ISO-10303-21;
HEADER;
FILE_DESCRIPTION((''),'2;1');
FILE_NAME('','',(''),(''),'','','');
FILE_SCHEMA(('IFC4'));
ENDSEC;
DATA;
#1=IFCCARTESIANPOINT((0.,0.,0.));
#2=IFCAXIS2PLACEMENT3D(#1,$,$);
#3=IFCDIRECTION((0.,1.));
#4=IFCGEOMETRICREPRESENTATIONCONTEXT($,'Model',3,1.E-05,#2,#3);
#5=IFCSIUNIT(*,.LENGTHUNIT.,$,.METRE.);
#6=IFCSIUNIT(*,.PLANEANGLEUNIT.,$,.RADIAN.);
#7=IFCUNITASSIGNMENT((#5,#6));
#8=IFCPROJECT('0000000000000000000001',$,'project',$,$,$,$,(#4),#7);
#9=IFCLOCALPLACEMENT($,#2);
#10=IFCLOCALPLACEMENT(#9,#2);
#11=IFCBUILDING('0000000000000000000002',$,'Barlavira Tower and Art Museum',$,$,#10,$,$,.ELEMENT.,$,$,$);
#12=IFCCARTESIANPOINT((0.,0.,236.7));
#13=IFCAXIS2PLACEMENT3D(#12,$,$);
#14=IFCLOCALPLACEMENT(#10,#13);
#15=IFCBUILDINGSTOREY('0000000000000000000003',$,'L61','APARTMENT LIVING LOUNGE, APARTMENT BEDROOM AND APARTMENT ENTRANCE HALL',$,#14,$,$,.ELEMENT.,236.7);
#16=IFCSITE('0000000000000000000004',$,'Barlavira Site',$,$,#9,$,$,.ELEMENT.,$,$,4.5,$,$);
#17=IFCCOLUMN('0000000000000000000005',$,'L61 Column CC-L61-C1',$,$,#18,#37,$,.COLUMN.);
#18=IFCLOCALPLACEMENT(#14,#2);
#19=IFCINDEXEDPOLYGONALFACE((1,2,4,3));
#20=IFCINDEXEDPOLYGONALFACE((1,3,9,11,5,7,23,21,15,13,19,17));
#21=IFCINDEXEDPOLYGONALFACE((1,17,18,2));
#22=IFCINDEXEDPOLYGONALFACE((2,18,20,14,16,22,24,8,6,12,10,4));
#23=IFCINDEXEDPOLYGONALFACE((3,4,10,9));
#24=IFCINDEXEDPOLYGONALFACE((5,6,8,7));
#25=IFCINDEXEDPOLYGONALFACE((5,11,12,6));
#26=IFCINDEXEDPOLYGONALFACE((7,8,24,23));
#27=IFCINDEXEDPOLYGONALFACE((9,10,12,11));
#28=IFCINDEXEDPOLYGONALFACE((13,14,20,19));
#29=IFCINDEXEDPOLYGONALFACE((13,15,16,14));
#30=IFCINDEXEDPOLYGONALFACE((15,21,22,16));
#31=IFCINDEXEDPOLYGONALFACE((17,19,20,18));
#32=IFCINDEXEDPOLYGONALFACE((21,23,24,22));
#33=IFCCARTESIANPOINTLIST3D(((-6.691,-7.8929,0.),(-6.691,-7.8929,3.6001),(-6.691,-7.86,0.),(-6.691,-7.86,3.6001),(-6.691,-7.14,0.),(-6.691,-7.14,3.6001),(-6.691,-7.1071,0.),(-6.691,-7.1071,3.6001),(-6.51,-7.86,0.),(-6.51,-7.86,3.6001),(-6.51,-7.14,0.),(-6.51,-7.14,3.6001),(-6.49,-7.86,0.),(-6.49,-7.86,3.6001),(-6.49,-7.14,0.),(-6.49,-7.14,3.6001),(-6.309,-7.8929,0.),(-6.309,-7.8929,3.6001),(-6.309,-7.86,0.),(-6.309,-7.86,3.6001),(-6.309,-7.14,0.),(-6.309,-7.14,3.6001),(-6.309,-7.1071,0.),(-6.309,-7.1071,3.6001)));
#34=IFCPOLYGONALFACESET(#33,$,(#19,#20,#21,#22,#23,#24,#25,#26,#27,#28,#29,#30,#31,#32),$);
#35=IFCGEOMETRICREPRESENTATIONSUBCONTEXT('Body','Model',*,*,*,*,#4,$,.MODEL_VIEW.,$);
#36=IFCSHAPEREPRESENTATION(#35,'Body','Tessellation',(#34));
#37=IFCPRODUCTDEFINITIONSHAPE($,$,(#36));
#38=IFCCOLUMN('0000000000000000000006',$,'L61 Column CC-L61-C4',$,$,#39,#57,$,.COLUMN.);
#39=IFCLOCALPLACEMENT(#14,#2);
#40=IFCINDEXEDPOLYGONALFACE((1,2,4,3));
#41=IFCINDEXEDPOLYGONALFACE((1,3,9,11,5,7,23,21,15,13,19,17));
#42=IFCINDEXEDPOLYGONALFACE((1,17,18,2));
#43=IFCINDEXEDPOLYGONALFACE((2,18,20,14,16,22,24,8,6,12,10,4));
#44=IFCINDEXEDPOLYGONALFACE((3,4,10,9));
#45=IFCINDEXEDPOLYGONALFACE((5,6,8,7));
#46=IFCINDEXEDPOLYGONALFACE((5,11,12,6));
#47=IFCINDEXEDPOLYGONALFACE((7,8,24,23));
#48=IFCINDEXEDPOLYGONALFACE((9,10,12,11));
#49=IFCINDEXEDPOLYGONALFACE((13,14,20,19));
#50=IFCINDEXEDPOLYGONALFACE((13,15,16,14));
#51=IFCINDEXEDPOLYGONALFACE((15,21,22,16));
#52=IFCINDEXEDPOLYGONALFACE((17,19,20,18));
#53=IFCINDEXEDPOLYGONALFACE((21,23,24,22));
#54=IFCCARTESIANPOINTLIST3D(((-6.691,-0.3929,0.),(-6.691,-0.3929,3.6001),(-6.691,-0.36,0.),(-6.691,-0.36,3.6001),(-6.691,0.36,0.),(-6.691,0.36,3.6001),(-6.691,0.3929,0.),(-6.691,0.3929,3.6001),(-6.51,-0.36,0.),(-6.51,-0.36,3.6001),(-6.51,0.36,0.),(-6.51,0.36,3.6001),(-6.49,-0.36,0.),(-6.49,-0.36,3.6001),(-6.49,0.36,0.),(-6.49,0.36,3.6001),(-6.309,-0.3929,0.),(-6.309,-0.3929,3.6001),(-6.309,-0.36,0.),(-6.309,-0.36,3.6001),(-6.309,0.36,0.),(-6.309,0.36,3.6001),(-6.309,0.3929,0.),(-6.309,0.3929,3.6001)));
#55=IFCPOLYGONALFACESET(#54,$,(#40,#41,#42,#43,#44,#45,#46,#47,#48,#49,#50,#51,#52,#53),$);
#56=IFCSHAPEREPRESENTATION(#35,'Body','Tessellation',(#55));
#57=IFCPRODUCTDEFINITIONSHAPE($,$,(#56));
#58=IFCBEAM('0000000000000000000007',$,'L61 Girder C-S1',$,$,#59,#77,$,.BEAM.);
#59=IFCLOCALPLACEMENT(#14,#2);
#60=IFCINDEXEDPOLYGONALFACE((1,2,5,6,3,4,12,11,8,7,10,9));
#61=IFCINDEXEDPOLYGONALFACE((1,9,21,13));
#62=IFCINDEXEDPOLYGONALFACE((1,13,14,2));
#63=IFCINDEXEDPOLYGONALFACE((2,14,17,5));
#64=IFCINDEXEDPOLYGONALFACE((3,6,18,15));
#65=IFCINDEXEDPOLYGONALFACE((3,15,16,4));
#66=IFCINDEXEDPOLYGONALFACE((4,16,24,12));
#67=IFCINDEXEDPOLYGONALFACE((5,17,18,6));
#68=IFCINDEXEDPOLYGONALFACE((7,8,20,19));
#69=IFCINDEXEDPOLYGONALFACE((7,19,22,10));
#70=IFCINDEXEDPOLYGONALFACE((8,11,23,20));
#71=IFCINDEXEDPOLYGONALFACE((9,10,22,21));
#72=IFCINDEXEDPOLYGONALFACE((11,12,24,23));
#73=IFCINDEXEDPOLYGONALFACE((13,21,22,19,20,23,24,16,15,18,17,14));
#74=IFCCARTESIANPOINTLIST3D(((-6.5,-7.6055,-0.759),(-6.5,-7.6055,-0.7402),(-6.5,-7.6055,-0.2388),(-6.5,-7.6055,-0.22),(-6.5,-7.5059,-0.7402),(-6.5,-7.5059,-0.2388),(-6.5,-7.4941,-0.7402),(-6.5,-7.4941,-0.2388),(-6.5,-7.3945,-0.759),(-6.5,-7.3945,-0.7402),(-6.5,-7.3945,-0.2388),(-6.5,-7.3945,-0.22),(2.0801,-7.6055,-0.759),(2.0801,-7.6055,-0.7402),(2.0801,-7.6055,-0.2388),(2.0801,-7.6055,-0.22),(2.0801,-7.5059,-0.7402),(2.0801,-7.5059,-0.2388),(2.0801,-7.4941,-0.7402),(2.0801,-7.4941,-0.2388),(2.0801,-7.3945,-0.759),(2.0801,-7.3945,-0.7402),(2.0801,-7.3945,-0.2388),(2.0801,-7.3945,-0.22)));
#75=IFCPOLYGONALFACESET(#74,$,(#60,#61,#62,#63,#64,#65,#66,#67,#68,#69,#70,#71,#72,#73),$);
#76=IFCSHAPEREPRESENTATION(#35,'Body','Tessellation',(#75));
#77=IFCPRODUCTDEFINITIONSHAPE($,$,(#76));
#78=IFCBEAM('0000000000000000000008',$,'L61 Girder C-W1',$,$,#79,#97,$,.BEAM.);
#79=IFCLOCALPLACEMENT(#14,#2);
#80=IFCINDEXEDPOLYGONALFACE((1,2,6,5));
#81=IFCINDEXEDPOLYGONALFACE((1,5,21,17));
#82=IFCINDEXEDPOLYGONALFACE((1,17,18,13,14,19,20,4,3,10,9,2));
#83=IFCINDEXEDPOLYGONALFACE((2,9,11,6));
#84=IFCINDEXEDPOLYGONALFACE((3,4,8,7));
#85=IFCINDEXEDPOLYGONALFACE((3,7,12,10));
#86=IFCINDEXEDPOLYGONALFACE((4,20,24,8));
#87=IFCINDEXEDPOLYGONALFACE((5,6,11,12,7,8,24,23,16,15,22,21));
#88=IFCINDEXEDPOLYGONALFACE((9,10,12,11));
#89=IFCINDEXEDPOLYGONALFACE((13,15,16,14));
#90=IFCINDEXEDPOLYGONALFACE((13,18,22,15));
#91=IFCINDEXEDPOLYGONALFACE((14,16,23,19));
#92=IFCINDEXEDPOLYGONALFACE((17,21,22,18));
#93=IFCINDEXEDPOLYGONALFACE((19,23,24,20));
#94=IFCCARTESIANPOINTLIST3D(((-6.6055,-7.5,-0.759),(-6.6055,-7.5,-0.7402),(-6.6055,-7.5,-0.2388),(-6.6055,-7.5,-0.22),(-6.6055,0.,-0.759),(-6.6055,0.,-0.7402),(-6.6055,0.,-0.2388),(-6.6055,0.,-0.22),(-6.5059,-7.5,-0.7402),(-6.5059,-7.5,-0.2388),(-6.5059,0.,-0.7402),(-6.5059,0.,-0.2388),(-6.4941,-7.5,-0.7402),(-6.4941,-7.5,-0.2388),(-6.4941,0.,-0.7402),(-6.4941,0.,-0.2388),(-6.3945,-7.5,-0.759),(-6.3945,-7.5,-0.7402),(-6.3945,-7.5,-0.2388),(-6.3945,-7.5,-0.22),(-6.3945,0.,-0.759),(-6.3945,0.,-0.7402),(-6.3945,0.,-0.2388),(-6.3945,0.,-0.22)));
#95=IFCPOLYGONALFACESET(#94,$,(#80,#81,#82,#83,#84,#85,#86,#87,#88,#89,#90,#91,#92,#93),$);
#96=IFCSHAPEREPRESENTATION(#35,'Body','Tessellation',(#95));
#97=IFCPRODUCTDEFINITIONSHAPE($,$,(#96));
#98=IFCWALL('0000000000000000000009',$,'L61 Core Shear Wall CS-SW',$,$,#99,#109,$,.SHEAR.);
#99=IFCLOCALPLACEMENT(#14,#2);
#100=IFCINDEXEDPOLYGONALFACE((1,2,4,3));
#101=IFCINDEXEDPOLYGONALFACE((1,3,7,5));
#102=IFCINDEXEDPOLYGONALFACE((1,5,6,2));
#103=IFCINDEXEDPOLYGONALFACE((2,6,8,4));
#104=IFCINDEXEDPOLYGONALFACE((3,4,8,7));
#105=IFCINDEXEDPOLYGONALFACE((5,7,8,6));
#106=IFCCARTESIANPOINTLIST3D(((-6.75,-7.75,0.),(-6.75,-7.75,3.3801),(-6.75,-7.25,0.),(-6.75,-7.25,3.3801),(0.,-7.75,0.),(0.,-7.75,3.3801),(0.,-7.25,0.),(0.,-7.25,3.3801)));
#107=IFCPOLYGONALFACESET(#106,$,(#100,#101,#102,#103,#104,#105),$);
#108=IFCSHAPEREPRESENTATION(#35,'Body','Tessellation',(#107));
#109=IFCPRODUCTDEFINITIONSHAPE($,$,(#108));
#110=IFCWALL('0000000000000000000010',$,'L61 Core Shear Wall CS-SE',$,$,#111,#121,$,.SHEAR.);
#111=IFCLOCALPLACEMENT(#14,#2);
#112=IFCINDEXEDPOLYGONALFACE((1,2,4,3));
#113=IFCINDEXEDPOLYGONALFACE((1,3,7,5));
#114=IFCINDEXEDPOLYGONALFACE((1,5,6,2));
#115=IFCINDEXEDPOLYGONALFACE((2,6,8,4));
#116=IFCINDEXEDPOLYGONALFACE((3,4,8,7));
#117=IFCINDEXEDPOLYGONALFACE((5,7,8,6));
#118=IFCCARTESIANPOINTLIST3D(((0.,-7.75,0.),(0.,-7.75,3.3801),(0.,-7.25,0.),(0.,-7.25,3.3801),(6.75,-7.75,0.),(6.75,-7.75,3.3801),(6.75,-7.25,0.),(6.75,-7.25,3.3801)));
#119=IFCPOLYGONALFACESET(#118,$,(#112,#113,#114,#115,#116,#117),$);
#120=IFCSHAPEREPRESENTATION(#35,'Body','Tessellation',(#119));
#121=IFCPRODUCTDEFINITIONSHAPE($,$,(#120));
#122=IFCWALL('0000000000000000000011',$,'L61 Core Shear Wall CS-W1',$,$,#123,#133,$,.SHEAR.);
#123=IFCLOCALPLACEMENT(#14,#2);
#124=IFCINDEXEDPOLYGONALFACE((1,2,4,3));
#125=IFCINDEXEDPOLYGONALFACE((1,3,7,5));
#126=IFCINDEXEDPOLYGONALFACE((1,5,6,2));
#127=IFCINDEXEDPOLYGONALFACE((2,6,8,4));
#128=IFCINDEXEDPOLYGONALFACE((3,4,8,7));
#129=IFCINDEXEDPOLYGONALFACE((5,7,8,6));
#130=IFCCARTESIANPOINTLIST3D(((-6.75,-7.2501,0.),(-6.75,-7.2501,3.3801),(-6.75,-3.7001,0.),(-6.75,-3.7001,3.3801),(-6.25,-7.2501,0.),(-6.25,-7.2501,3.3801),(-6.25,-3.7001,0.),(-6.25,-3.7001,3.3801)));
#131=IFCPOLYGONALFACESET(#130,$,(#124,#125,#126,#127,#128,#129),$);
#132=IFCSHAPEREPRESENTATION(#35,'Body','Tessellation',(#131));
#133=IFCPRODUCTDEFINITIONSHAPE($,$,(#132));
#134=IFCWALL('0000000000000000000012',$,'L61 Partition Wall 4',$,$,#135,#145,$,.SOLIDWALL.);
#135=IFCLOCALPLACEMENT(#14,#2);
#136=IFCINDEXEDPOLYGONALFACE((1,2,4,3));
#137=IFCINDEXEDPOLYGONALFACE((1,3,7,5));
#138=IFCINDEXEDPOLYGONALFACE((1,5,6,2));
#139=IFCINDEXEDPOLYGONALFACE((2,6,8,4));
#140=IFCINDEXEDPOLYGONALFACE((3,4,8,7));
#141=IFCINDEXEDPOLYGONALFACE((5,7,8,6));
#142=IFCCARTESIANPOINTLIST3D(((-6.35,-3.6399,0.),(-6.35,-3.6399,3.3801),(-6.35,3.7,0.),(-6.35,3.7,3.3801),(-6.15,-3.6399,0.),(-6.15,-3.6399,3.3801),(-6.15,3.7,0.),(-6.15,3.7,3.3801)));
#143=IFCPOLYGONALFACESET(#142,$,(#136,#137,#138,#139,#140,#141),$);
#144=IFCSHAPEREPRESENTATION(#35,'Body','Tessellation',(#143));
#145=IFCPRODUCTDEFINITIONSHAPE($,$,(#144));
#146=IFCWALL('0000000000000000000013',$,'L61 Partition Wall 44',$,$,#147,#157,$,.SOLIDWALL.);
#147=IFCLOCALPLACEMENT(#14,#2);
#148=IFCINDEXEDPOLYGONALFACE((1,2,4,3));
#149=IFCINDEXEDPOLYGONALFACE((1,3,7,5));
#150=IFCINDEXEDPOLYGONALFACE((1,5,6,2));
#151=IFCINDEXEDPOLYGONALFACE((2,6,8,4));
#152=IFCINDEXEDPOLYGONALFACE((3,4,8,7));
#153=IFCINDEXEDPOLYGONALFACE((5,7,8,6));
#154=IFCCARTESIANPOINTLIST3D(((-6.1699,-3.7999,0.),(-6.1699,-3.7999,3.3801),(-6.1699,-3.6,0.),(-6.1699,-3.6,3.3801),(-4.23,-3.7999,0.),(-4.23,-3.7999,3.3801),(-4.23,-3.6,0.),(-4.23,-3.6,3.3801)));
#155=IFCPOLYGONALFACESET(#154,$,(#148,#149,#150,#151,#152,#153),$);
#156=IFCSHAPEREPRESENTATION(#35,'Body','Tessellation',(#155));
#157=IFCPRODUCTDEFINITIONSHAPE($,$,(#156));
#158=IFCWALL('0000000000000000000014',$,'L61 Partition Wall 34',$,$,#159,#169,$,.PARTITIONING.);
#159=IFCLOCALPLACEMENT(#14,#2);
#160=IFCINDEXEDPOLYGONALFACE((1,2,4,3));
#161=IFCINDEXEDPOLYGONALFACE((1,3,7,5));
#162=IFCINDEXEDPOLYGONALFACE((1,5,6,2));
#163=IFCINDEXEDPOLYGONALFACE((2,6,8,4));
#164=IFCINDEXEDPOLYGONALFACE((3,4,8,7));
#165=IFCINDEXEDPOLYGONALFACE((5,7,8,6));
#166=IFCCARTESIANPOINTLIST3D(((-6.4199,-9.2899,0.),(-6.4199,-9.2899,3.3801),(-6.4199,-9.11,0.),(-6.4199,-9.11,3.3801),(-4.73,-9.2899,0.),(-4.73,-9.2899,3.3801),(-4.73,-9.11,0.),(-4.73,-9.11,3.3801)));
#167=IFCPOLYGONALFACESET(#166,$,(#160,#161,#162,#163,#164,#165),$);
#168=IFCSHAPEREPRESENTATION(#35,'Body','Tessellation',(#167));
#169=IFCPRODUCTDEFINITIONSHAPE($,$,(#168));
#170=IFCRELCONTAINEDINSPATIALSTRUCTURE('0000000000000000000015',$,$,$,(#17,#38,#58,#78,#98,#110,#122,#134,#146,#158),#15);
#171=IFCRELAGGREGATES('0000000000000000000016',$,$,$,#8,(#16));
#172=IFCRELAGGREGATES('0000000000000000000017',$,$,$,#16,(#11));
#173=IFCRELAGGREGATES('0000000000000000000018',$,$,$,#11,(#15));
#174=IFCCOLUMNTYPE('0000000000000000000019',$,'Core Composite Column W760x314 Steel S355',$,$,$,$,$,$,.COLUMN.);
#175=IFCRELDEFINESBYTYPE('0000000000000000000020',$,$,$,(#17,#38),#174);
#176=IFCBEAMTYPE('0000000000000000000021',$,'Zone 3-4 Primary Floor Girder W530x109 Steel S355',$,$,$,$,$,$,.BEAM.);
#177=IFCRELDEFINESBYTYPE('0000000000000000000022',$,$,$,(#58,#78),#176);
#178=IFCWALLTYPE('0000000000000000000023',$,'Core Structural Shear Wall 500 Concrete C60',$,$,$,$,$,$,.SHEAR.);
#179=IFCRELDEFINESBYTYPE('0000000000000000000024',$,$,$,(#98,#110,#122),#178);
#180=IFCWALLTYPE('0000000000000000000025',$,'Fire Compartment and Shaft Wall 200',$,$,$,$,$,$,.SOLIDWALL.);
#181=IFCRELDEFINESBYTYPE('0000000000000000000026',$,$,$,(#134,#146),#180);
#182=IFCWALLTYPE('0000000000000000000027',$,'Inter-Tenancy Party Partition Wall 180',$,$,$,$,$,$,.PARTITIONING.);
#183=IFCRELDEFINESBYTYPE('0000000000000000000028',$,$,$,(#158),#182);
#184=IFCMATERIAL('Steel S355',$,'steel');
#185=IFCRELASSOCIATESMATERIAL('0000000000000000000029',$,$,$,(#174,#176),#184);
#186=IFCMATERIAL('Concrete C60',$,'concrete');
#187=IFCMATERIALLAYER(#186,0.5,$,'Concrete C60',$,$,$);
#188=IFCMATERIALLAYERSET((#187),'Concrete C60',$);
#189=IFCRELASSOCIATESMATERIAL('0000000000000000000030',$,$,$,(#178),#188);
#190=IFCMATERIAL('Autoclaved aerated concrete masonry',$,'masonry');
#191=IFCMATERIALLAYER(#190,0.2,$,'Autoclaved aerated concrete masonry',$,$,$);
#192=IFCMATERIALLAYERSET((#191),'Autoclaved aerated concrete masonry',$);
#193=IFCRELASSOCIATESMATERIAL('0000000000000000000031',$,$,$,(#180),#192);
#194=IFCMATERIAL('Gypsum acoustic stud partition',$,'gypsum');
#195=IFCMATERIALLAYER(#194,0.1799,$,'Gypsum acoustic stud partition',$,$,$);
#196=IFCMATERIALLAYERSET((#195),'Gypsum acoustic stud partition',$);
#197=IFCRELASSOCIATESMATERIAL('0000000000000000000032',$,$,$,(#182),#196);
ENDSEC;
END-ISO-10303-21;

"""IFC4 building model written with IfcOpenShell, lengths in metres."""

from ifc_helpers import new_model, si_unit, direction, frame, frame_2d, origin, origin_2d, place, context, subcontext, project, spatial, rectangle, i_section, extrude, material, layer, layer_set, material_profile, profile_set, type_object, element, save


model = new_model("IFC4")

# Units and contexts
model_context = context("Model", 3, precision=1e-05, world=origin(), true_north=direction((0.0, 1.0)))
body_context = subcontext(model_context, "Body", "Model", "MODEL_VIEW")
ifc_project = project(units=[si_unit("LENGTHUNIT", "METRE"), si_unit("PLANEANGLEUNIT", "RADIAN")], contexts=[model_context])

# Site, building, storey
site_placement = place(None, origin())
site = spatial("IfcSite", under=ifc_project, at=site_placement, Name="Barlavira Site", CompositionType="ELEMENT", RefElevation=4.5)
building_placement = place(site_placement, origin())
building = spatial("IfcBuilding", under=site, at=building_placement, Name="Barlavira Tower and Art Museum", CompositionType="ELEMENT")
storey_placement = place(building_placement, frame((0.0, 0.0, 236.7)))
storey = spatial("IfcBuildingStorey", under=building, at=storey_placement, Name="L61", Description="APARTMENT LIVING LOUNGE, APARTMENT BEDROOM AND APARTMENT ENTRANCE HALL", CompositionType="ELEMENT", Elevation=236.7)

# Columns
ifc_material_1 = material(Name="Steel S355", Category="steel")
ifc_material_profile_1 = material_profile(ifc_material_1, i_section(OverallWidth=0.3821, OverallDepth=0.7859, WebThickness=0.02, FlangeThickness=0.033, at=origin_2d()), Name="W760x314.0")
ifc_profile_set_1 = profile_set([ifc_material_profile_1], Name="Steel S355")
column_type = type_object("IfcColumnType", Name="Core Composite Column W760x314 Steel S355", PredefinedType="COLUMN", material=ifc_profile_set_1)
for number, where, z_axis, x_axis, name in (
    (1, (-6.5, -7.5, 0.0), (0.0, 0.0, 1.0), (1.0, 0.0, 0.0), "L61 Column CC-L61-C1"),
    (2, (-6.5, 0.0, 0.0), (0.0, 0.0, 1.0), (1.0, 0.0, 0.0), "L61 Column CC-L61-C4"),
):
    element("IfcColumn", number, at=place(storey_placement, frame(where, z_axis=z_axis, x_axis=x_axis)), inside=storey, type_object=column_type, Name=name, PredefinedType="COLUMN", context=body_context, shape_type="SweptSolid", body=[
        extrude(i_section(OverallWidth=0.3821, OverallDepth=0.7859, WebThickness=0.02, FlangeThickness=0.033, at=origin_2d()), origin(), (0.0, 0.0, 1.0), 3.6001),
    ])

# Beams
ifc_material_profile_2 = material_profile(ifc_material_1, i_section(OverallWidth=0.2109, OverallDepth=0.5391, WebThickness=0.0117, FlangeThickness=0.0188, at=origin_2d()), Name="W530x109.0")
ifc_profile_set_2 = profile_set([ifc_material_profile_2], Name="Steel S355")
beam_type = type_object("IfcBeamType", Name="Zone 3-4 Primary Floor Girder W530x109 Steel S355", PredefinedType="BEAM", material=ifc_profile_set_2)
beam_1_placement = place(storey_placement, frame((-6.5, -7.5, -0.4895), z_axis=(1.0, 0.0, 0.0), x_axis=(0.0, 1.0, 0.0)))
element("IfcBeam", 3, at=beam_1_placement, inside=storey, type_object=beam_type, Name="L61 Girder C-S1", PredefinedType="BEAM", context=body_context, shape_type="SweptSolid", body=[
    extrude(i_section(OverallWidth=0.2109, OverallDepth=0.5391, WebThickness=0.0117, FlangeThickness=0.0188, at=origin_2d()), origin(), (0.0, 0.0, 1.0), 8.5801),
])
beam_2_placement = place(storey_placement, frame((-6.5, -7.5, -0.4895), z_axis=(0.0, 1.0, 0.0), x_axis=(-1.0, 0.0, 0.0)))
element("IfcBeam", 4, at=beam_2_placement, inside=storey, type_object=beam_type, Name="L61 Girder C-W1", PredefinedType="BEAM", context=body_context, shape_type="SweptSolid", body=[
    extrude(i_section(OverallWidth=0.2109, OverallDepth=0.5391, WebThickness=0.0117, FlangeThickness=0.0188, at=origin_2d()), origin(), (0.0, 0.0, 1.0), 7.5),
])

# Walls
ifc_material_2 = material(Name="Concrete C60", Category="concrete")
ifc_layer_1 = layer(ifc_material_2, 0.5, Name="Concrete C60")
ifc_layer_set_1 = layer_set([ifc_layer_1], Name="Concrete C60")
wall_type_1 = type_object("IfcWallType", Name="Core Structural Shear Wall 500 Concrete C60", PredefinedType="SHEAR", material=ifc_layer_set_1)
for number, where, z_axis, x_axis, name in (
    (5, (-6.75, -7.5, 0.0), (0.0, 0.0, 1.0), (1.0, 0.0, 0.0), "L61 Core Shear Wall CS-SW"),
    (6, (0.0, -7.5, 0.0), (0.0, 0.0, 1.0), (1.0, 0.0, 0.0), "L61 Core Shear Wall CS-SE"),
):
    element("IfcWall", number, at=place(storey_placement, frame(where, z_axis=z_axis, x_axis=x_axis)), inside=storey, type_object=wall_type_1, Name=name, PredefinedType="SHEAR", context=body_context, shape_type="SweptSolid", body=[
        extrude(rectangle(XDim=6.75, YDim=0.5, at=frame_2d((3.375, 0.0))), origin(), (0.0, 0.0, 1.0), 3.3801),
    ])
wall_1_placement = place(storey_placement, frame((-6.5, -7.25, 0.0), z_axis=(0.0, 0.0, 1.0), x_axis=(0.0, 1.0, 0.0)))
element("IfcWall", 7, at=wall_1_placement, inside=storey, type_object=wall_type_1, Name="L61 Core Shear Wall CS-W1", PredefinedType="SHEAR", context=body_context, shape_type="SweptSolid", body=[
    extrude(rectangle(XDim=3.55, YDim=0.5, at=frame_2d((1.7749, 0.0))), origin(), (0.0, 0.0, 1.0), 3.3801),
])
ifc_material_3 = material(Name="Autoclaved aerated concrete masonry", Category="masonry")
ifc_layer_2 = layer(ifc_material_3, 0.2, Name="Autoclaved aerated concrete masonry")
ifc_layer_set_2 = layer_set([ifc_layer_2], Name="Autoclaved aerated concrete masonry")
wall_type_2 = type_object("IfcWallType", Name="Fire Compartment and Shaft Wall 200", PredefinedType="SOLIDWALL", material=ifc_layer_set_2)
wall_2_placement = place(storey_placement, frame((-6.25, -3.6399, 0.0), z_axis=(0.0, 0.0, 1.0), x_axis=(0.0, 1.0, 0.0)))
element("IfcWall", 8, at=wall_2_placement, inside=storey, type_object=wall_type_2, Name="L61 Partition Wall 4", PredefinedType="SOLIDWALL", context=body_context, shape_type="SweptSolid", body=[
    extrude(rectangle(XDim=7.3398, YDim=0.2, at=frame_2d((3.6699, 0.0))), origin(), (0.0, 0.0, 1.0), 3.3801),
])

# Walls
wall_3_placement = place(storey_placement, frame((-6.1699, -3.7, 0.0), z_axis=(0.0, 0.0, 1.0), x_axis=(1.0, 0.0, 0.0)))
element("IfcWall", 9, at=wall_3_placement, inside=storey, type_object=wall_type_2, Name="L61 Partition Wall 44", PredefinedType="SOLIDWALL", context=body_context, shape_type="SweptSolid", body=[
    extrude(rectangle(XDim=1.9399, YDim=0.2, at=frame_2d((0.97, 0.0))), origin(), (0.0, 0.0, 1.0), 3.3801),
])
ifc_material_4 = material(Name="Gypsum acoustic stud partition", Category="gypsum")
ifc_layer_3 = layer(ifc_material_4, 0.1799, Name="Gypsum acoustic stud partition")
ifc_layer_set_3 = layer_set([ifc_layer_3], Name="Gypsum acoustic stud partition")
wall_type_3 = type_object("IfcWallType", Name="Inter-Tenancy Party Partition Wall 180", PredefinedType="PARTITIONING", material=ifc_layer_set_3)
wall_4_placement = place(storey_placement, frame((-6.4199, -9.2, 0.0), z_axis=(0.0, 0.0, 1.0), x_axis=(1.0, 0.0, 0.0)))
element("IfcWall", 10, at=wall_4_placement, inside=storey, type_object=wall_type_3, Name="L61 Partition Wall 34", PredefinedType="PARTITIONING", context=body_context, shape_type="SweptSolid", body=[
    extrude(rectangle(XDim=1.6899, YDim=0.1799, at=frame_2d((0.845, 0.0))), origin(), (0.0, 0.0, 1.0), 3.3801),
])

save(model, "model.ifc")
